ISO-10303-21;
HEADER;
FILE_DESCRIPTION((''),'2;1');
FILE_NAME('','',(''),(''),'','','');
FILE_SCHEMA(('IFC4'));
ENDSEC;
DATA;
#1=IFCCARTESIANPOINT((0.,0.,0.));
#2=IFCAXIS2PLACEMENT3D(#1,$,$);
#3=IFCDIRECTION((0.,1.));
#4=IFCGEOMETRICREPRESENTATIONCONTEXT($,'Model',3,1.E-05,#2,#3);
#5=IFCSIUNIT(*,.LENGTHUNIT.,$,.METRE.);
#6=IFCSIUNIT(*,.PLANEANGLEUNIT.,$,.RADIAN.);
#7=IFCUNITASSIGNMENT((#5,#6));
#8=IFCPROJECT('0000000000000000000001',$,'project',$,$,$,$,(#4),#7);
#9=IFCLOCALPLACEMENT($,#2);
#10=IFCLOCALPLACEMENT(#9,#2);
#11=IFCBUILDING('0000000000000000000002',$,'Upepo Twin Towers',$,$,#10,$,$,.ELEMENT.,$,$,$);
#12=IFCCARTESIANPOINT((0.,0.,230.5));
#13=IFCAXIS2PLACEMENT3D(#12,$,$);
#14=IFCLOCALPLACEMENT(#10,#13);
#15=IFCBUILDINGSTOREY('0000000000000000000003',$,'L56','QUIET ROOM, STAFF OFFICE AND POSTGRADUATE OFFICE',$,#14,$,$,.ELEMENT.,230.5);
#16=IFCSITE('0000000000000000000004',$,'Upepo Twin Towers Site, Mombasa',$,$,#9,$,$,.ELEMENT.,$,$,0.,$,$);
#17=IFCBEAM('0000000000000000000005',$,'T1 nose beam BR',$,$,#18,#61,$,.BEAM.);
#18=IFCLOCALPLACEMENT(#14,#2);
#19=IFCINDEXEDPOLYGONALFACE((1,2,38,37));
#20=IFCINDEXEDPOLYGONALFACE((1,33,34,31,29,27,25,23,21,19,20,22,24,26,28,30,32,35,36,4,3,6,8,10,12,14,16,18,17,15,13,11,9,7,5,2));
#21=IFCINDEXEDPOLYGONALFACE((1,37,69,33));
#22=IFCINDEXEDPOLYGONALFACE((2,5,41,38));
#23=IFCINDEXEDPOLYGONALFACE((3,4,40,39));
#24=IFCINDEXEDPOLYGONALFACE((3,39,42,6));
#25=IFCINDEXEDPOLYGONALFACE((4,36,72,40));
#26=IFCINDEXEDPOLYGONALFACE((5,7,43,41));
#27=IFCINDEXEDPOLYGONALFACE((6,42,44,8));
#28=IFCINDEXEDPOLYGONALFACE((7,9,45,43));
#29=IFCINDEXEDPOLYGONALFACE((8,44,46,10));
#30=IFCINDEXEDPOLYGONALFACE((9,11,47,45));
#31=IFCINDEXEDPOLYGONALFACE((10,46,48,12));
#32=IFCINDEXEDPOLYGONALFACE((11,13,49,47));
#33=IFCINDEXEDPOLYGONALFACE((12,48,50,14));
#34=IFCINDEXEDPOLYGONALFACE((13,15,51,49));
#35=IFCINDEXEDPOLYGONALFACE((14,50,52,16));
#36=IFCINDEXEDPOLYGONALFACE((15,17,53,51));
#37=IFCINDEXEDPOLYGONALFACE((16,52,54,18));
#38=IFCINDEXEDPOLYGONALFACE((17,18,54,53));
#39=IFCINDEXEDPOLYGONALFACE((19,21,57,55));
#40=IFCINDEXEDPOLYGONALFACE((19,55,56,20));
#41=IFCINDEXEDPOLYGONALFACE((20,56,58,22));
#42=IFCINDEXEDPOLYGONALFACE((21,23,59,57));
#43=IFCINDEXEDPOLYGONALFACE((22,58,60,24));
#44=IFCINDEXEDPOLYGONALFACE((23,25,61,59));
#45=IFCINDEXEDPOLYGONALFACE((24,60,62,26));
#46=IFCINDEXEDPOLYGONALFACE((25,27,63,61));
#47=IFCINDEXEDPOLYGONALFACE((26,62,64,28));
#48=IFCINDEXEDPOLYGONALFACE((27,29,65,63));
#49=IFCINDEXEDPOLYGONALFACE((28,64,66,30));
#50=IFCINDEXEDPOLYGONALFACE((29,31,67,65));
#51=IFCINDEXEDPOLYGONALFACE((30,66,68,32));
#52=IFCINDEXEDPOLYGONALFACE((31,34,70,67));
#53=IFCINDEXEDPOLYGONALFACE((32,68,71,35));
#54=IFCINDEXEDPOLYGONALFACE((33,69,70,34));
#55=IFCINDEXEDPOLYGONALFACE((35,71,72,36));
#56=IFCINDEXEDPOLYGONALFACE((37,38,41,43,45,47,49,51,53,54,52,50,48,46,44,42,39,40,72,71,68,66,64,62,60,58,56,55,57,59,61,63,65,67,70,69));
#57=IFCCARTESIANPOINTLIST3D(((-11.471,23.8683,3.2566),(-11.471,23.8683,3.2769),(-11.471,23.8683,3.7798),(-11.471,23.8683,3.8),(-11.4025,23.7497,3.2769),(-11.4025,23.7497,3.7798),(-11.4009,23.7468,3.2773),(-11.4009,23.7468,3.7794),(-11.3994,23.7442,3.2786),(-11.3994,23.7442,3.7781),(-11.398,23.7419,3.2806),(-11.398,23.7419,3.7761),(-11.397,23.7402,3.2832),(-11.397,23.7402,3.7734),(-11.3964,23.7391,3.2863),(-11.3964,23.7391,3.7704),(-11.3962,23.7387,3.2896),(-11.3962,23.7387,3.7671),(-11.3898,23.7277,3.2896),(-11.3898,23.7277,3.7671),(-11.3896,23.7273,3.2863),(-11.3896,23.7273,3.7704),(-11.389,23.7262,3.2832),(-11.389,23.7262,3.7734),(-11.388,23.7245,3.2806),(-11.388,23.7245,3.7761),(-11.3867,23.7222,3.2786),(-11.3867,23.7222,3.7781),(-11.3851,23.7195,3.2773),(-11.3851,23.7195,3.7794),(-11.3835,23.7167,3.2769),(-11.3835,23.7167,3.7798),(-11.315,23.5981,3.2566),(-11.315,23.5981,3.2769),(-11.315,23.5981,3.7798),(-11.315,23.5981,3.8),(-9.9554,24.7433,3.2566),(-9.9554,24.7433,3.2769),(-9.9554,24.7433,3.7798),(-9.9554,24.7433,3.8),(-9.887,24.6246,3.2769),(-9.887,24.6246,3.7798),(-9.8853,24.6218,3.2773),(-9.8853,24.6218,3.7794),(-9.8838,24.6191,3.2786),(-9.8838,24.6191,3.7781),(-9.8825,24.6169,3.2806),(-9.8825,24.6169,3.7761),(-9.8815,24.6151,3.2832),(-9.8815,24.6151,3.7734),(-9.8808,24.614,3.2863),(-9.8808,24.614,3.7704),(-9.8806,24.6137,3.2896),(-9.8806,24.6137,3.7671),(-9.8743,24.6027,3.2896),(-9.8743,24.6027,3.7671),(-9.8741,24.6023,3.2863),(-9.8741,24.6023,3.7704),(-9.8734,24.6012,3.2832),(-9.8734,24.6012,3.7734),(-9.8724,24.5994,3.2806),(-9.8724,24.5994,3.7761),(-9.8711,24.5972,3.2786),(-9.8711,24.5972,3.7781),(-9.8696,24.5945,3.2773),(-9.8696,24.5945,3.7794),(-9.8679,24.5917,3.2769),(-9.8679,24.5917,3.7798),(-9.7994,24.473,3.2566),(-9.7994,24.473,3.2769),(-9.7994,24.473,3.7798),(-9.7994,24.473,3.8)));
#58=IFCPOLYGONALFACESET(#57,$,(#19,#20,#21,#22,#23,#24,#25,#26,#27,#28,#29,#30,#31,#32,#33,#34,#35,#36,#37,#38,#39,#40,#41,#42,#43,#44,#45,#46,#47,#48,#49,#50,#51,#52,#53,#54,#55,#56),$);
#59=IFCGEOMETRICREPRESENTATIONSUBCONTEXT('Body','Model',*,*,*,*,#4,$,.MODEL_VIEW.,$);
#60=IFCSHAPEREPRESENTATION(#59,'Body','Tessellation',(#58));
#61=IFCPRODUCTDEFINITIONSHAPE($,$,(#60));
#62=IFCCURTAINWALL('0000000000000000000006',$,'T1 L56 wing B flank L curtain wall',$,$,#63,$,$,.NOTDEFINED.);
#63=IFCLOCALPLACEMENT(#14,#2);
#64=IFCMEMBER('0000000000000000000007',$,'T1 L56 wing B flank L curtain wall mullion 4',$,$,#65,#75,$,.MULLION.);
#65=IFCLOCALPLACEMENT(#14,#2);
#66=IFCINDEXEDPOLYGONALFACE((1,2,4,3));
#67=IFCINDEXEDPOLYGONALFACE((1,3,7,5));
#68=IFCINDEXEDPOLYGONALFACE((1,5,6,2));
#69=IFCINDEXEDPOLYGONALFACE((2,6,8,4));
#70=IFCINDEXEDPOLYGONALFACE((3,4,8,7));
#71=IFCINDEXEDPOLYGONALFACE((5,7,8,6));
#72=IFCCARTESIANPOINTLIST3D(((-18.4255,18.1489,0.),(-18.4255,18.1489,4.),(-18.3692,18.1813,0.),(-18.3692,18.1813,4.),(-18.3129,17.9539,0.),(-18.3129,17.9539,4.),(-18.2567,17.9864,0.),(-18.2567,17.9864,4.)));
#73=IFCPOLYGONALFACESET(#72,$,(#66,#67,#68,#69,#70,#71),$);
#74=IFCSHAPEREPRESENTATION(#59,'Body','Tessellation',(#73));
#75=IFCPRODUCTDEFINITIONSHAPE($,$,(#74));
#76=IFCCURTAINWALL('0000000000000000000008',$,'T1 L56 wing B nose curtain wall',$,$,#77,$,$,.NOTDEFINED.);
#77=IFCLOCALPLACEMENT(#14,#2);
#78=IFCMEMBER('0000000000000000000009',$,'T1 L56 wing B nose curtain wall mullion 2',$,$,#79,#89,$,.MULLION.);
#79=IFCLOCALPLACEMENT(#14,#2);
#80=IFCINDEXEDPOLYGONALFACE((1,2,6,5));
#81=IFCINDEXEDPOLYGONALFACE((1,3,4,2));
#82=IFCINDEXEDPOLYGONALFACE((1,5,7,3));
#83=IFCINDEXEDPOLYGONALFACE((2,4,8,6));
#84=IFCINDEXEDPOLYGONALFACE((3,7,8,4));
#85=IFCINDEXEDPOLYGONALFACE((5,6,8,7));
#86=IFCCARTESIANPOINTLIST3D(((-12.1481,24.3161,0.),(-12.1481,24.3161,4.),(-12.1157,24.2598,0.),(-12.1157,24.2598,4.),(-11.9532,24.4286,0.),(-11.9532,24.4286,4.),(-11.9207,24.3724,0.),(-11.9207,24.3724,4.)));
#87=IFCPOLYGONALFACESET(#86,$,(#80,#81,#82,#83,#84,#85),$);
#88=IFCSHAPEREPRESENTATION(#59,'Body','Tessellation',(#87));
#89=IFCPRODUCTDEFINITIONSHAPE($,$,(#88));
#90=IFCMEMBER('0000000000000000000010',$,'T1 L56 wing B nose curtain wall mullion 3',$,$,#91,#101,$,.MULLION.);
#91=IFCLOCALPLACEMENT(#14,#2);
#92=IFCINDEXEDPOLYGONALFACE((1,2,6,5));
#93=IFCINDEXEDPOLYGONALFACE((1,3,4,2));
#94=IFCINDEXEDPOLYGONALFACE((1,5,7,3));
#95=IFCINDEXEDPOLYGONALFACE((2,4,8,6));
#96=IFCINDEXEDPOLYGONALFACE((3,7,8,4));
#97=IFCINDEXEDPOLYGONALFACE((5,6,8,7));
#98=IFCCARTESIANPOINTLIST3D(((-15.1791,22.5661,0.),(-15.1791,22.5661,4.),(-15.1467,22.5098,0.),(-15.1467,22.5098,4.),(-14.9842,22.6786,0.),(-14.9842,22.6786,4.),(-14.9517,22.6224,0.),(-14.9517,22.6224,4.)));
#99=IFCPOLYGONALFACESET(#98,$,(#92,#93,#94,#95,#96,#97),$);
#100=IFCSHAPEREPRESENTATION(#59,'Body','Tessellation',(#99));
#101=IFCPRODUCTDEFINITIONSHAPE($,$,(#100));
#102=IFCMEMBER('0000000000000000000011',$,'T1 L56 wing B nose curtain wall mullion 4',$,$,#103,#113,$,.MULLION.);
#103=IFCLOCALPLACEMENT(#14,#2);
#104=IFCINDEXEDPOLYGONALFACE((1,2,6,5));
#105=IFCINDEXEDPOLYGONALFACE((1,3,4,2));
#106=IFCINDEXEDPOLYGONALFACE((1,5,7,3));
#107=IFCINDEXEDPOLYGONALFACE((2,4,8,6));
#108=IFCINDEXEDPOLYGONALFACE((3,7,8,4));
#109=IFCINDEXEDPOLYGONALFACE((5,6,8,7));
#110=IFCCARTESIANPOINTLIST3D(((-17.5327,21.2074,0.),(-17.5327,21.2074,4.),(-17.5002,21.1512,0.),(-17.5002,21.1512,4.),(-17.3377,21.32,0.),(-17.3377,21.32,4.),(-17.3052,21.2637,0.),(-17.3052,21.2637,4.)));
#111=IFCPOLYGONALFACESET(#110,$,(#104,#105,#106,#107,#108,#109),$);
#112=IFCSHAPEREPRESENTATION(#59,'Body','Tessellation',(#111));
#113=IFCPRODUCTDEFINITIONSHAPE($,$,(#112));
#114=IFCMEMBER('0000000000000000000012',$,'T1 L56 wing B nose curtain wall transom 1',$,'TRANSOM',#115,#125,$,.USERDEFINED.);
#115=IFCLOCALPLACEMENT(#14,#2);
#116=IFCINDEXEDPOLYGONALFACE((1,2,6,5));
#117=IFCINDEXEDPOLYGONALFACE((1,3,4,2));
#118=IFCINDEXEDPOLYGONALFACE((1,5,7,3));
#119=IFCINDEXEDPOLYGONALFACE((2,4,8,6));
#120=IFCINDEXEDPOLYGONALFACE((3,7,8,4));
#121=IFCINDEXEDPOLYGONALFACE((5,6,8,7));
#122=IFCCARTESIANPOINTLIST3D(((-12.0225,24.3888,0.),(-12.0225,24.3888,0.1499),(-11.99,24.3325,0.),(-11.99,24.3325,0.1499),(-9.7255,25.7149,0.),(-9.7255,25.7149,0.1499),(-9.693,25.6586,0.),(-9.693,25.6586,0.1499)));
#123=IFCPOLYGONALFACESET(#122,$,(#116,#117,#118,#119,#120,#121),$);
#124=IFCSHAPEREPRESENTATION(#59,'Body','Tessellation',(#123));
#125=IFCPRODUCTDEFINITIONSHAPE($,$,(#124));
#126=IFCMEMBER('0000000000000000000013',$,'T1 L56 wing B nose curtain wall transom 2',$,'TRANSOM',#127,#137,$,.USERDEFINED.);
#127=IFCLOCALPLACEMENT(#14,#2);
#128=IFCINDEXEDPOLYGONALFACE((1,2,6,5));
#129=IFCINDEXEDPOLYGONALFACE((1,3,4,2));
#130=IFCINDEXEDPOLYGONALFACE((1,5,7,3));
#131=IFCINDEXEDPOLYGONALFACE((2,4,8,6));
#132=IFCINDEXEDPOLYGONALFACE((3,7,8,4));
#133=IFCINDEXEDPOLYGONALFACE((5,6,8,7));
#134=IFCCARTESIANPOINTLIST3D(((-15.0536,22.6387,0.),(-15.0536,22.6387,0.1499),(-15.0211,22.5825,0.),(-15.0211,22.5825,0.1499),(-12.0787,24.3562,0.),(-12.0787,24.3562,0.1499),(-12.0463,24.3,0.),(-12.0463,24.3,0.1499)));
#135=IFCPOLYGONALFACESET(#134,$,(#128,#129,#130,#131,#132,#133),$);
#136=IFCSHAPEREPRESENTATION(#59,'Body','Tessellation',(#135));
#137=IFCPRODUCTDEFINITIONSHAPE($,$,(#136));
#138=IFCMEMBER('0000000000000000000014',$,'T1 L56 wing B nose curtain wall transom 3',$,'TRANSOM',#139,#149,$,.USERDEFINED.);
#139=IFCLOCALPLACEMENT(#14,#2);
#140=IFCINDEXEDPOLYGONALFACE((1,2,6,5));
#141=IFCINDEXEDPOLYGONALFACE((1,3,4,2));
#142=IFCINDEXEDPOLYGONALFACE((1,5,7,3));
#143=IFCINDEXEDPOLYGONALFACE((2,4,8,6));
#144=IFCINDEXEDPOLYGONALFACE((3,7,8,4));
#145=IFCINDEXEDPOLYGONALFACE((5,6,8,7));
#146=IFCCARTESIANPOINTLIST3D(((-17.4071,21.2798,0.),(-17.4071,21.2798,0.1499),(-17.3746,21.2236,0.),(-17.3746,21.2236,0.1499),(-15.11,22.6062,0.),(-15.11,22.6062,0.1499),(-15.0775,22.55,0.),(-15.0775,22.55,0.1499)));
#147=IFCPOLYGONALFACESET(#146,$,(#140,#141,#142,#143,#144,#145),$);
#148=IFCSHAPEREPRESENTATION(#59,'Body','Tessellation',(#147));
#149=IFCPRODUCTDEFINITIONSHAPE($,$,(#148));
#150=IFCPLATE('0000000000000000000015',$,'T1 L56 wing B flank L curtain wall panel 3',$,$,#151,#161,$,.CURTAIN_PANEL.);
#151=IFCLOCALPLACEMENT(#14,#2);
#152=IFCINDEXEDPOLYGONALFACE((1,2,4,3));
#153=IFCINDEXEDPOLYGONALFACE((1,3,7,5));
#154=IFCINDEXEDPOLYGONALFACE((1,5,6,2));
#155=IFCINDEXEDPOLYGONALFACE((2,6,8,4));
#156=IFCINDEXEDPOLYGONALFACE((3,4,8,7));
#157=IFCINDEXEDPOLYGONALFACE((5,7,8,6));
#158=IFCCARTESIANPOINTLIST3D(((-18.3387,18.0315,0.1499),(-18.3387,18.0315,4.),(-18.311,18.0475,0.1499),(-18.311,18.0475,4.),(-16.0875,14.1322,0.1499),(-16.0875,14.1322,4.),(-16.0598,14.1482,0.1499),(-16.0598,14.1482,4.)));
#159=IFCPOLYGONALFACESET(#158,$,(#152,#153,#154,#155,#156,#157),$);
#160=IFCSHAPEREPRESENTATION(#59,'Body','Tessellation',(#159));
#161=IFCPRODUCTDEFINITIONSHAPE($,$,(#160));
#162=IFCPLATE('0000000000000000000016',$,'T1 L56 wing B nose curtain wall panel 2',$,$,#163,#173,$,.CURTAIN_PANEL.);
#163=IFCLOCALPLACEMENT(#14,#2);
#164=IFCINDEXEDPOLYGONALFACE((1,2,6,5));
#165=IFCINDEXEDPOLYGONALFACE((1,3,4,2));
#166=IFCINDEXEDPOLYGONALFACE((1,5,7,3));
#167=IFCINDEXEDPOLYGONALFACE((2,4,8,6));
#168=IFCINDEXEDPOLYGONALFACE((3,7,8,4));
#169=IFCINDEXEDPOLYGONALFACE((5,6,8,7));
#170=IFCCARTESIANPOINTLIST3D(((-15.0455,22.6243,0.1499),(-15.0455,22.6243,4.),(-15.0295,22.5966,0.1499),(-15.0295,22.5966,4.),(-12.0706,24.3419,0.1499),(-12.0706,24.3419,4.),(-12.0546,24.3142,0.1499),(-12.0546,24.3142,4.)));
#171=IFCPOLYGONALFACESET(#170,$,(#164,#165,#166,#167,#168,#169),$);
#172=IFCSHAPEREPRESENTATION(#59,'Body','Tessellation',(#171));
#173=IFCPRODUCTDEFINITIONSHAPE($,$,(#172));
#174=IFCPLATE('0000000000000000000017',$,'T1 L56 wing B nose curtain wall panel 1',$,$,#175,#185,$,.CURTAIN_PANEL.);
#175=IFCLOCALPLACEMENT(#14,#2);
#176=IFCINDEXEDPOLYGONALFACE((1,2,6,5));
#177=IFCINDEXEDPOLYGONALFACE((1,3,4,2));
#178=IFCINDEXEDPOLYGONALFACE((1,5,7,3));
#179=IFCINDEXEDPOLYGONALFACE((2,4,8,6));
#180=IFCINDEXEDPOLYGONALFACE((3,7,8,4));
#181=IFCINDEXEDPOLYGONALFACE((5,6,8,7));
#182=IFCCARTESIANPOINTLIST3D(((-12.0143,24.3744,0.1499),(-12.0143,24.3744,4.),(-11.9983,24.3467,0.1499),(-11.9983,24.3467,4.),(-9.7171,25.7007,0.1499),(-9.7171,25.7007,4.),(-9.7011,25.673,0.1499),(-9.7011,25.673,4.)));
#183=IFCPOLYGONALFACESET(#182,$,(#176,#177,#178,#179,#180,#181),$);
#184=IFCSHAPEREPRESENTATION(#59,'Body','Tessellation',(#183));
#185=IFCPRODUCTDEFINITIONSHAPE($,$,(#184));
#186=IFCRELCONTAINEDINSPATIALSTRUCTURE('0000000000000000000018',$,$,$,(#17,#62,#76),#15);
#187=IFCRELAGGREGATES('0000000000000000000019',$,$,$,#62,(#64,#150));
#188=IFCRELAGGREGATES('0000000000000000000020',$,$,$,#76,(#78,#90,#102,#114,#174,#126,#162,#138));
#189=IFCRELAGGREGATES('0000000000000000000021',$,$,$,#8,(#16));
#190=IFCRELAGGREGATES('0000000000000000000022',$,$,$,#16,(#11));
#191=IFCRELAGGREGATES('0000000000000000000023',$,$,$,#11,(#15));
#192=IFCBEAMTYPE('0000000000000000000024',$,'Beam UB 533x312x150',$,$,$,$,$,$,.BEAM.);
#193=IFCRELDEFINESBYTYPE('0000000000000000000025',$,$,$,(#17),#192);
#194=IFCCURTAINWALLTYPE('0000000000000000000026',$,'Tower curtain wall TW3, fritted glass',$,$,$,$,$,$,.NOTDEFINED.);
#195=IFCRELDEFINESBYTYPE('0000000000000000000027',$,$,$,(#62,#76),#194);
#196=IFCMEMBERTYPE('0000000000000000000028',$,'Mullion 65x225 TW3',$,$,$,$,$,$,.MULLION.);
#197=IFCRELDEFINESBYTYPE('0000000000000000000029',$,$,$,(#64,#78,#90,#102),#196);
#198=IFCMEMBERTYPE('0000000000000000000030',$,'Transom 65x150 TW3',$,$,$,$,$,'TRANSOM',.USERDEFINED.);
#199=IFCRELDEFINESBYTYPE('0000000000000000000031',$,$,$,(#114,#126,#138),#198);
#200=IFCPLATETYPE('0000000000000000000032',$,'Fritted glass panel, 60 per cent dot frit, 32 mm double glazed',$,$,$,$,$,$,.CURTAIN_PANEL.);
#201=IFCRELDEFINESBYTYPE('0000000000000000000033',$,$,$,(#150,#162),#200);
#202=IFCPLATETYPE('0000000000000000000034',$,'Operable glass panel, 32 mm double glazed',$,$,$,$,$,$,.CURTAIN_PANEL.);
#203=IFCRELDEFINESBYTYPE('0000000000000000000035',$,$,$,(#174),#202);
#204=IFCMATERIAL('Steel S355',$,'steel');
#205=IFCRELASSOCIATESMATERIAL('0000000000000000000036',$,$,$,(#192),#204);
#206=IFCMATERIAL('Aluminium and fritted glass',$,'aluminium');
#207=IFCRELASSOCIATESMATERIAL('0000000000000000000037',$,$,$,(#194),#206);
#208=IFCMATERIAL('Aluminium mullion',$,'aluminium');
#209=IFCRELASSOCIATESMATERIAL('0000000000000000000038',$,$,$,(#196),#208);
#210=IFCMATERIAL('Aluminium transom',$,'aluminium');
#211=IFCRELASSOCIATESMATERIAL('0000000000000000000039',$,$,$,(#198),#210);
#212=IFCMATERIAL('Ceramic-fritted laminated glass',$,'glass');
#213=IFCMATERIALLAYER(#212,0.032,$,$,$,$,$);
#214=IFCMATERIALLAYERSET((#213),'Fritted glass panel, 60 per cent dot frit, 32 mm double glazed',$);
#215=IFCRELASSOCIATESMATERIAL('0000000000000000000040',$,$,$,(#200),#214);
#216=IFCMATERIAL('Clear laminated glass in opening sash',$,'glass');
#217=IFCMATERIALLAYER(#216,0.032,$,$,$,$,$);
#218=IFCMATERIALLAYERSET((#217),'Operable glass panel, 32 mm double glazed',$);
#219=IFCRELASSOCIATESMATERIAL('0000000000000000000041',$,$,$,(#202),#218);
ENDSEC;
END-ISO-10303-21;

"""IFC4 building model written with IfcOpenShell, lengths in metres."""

from ifc_helpers import new_model, si_unit, direction, frame, origin, origin_2d, place, context, subcontext, project, spatial, rectangle, i_section, extrude, material, layer, layer_set, material_profile, profile_set, type_object, element, aggregate, save


model = new_model("IFC4")

# Units and contexts
model_context = context("Model", 3, precision=1e-05, world=origin(), true_north=direction((0.0, 1.0)))
body_context = subcontext(model_context, "Body", "Model", "MODEL_VIEW")
ifc_project = project(units=[si_unit("LENGTHUNIT", "METRE"), si_unit("PLANEANGLEUNIT", "RADIAN")], contexts=[model_context])

# Site, building, storey
site_placement = place(None, origin())
site = spatial("IfcSite", under=ifc_project, at=site_placement, Name="Upepo Twin Towers Site, Mombasa", CompositionType="ELEMENT", RefElevation=0.0)
building_placement = place(site_placement, origin())
building = spatial("IfcBuilding", under=site, at=building_placement, Name="Upepo Twin Towers", CompositionType="ELEMENT")
storey_placement = place(building_placement, frame((0.0, 0.0, 230.5)))
storey = spatial("IfcBuildingStorey", under=building, at=storey_placement, Name="L56", Description="QUIET ROOM, STAFF OFFICE AND POSTGRADUATE OFFICE", CompositionType="ELEMENT", Elevation=230.5)

# Beam
ifc_material_1 = material(Name="Steel S355", Category="steel")
ifc_material_profile_1 = material_profile(ifc_material_1, i_section(OverallWidth=0.312, OverallDepth=0.5435, WebThickness=0.0127, FlangeThickness=0.0203, FilletRadius=0.0127, at=origin_2d()), Name="UB 533x312x150")
ifc_profile_set_1 = profile_set([ifc_material_profile_1], Name="Steel S355")
beam_type_1 = type_object("IfcBeamType", Name="Beam UB 533x312x150", PredefinedType="BEAM", material=ifc_profile_set_1)
for number, where, z_axis, x_axis, name in (
    (1, (-9.8774, 24.6082, 3.5283), (-0.866037, -0.49998, 0.0), (0.49998, -0.866037, 0.0), "T1 nose beam BR"),
):
    element("IfcBeam", number, at=place(storey_placement, frame(where, z_axis=z_axis, x_axis=x_axis)), inside=storey, type_object=beam_type_1, Name=name, PredefinedType="BEAM", context=body_context, shape_type="SweptSolid", body=[
        extrude(i_section(OverallWidth=0.312, OverallDepth=0.5435, WebThickness=0.0127, FlangeThickness=0.0203, FilletRadius=0.0127, at=origin_2d()), origin(), (0.0, 0.0, 1.0), 1.75),
    ])

# Curtain wall, member
ifc_material_2 = material(Name="Aluminium and fritted glass", Category="aluminium")
curtain_wall_type = type_object("IfcCurtainWallType", Name="Tower curtain wall TW3, fritted glass", PredefinedType="NOTDEFINED", material=ifc_material_2)
curtain_wall_1_placement = place(storey_placement, origin())
curtain_wall_1 = element("IfcCurtainWall", 2, at=curtain_wall_1_placement, inside=storey, type_object=curtain_wall_type, Name="T1 L56 wing B flank L curtain wall", PredefinedType="NOTDEFINED")
ifc_material_3 = material(Name="Aluminium mullion", Category="aluminium")
ifc_material_profile_2 = material_profile(ifc_material_3, rectangle(XDim=0.0649, YDim=0.2251, at=origin_2d()), Name="MULLION 65x225")
ifc_profile_set_2 = profile_set([ifc_material_profile_2], Name="Aluminium mullion")
member_type_1 = type_object("IfcMemberType", Name="Mullion 65x225 TW3", PredefinedType="MULLION", material=ifc_profile_set_2)
member_1_placement = place(storey_placement, frame((-18.3411, 18.0676, 0.0), z_axis=(0.0, 0.0, 1.0), x_axis=(-0.866025, -0.5, 0.0)))
member_1 = element("IfcMember", 3, at=member_1_placement, type_object=member_type_1, Name="T1 L56 wing B flank L curtain wall mullion 4", PredefinedType="MULLION", context=body_context, shape_type="SweptSolid", body=[
    extrude(rectangle(XDim=0.0649, YDim=0.2251, at=origin_2d()), origin(), (0.0, 0.0, 1.0), 4.0),
])

# Curtain wall, members
curtain_wall_2_placement = place(storey_placement, origin())
curtain_wall_2 = element("IfcCurtainWall", 4, at=curtain_wall_2_placement, inside=storey, type_object=curtain_wall_type, Name="T1 L56 wing B nose curtain wall", PredefinedType="NOTDEFINED")
member_2_placement = place(storey_placement, frame((-12.0344, 24.3442, 0.0), z_axis=(0.0, 0.0, 1.0), x_axis=(0.5, -0.866025, 0.0)))
member_2 = element("IfcMember", 5, at=member_2_placement, type_object=member_type_1, Name="T1 L56 wing B nose curtain wall mullion 2", PredefinedType="MULLION", context=body_context, shape_type="SweptSolid", body=[
    extrude(rectangle(XDim=0.0649, YDim=0.2251, at=origin_2d()), origin(), (0.0, 0.0, 1.0), 4.0),
])
member_3_placement = place(storey_placement, frame((-15.0654, 22.5942, 0.0), z_axis=(0.0, 0.0, 1.0), x_axis=(0.5, -0.866025, 0.0)))
member_3 = element("IfcMember", 6, at=member_3_placement, type_object=member_type_1, Name="T1 L56 wing B nose curtain wall mullion 3", PredefinedType="MULLION", context=body_context, shape_type="SweptSolid", body=[
    extrude(rectangle(XDim=0.0649, YDim=0.2251, at=origin_2d()), origin(), (0.0, 0.0, 1.0), 4.0),
])
member_4_placement = place(storey_placement, frame((-17.4189, 21.2356, 0.0), z_axis=(0.0, 0.0, 1.0), x_axis=(0.5, -0.866025, 0.0)))
member_4 = element("IfcMember", 7, at=member_4_placement, type_object=member_type_1, Name="T1 L56 wing B nose curtain wall mullion 4", PredefinedType="MULLION", context=body_context, shape_type="SweptSolid", body=[
    extrude(rectangle(XDim=0.0649, YDim=0.2251, at=origin_2d()), origin(), (0.0, 0.0, 1.0), 4.0),
])
ifc_material_4 = material(Name="Aluminium transom", Category="aluminium")
ifc_material_profile_3 = material_profile(ifc_material_4, rectangle(XDim=0.0649, YDim=0.1499, at=origin_2d()), Name="TRANSOM 65x150")
ifc_profile_set_3 = profile_set([ifc_material_profile_3], Name="Aluminium transom")
member_type_2 = type_object("IfcMemberType", Name="Transom 65x150 TW3", ElementType="TRANSOM", PredefinedType="USERDEFINED", material=ifc_profile_set_3)
member_5_placement = place(storey_placement, frame((-9.7092, 25.6868, 0.075), z_axis=(-0.866037, -0.49998, 0.0), x_axis=(0.49998, -0.866037, 0.0)))
member_5 = element("IfcMember", 8, at=member_5_placement, type_object=member_type_2, Name="T1 L56 wing B nose curtain wall transom 1", ObjectType="TRANSOM", PredefinedType="USERDEFINED", context=body_context, shape_type="SweptSolid", body=[
    extrude(rectangle(XDim=0.0649, YDim=0.1499, at=origin_2d()), origin(), (0.0, 0.0, 1.0), 2.6523),
])
member_6_placement = place(storey_placement, frame((-12.0625, 24.3281, 0.075), z_axis=(-0.866026, -0.499999, 0.0), x_axis=(0.499999, -0.866026, 0.0)))
member_6 = element("IfcMember", 9, at=member_6_placement, type_object=member_type_2, Name="T1 L56 wing B nose curtain wall transom 2", ObjectType="TRANSOM", PredefinedType="USERDEFINED", context=body_context, shape_type="SweptSolid", body=[
    extrude(rectangle(XDim=0.0649, YDim=0.1499, at=origin_2d()), origin(), (0.0, 0.0, 1.0), 3.4351),
])
member_7_placement = place(storey_placement, frame((-15.0938, 22.5781, 0.075), z_axis=(-0.865997, -0.500049, 0.0), x_axis=(0.500049, -0.865997, 0.0)))
member_7 = element("IfcMember", 10, at=member_7_placement, type_object=member_type_2, Name="T1 L56 wing B nose curtain wall transom 3", ObjectType="TRANSOM", PredefinedType="USERDEFINED", context=body_context, shape_type="SweptSolid", body=[
    extrude(rectangle(XDim=0.0649, YDim=0.1499, at=origin_2d()), origin(), (0.0, 0.0, 1.0), 2.6526),
])

# Plates
ifc_material_5 = material(Name="Ceramic-fritted laminated glass", Category="glass")
ifc_layer_1 = layer(ifc_material_5, 0.032)
ifc_layer_set_1 = layer_set([ifc_layer_1], Name="Fritted glass panel, 60 per cent dot frit, 32 mm double glazed")
plate_type_1 = type_object("IfcPlateType", Name="Fritted glass panel, 60 per cent dot frit, 32 mm double glazed", PredefinedType="CURTAIN_PANEL", material=ifc_layer_set_1)
plate_1_placement = place(storey_placement, frame((-17.1992, 16.0898, 0.1499), z_axis=(0.0, 0.0, 1.0), x_axis=(-0.5, 0.866025, 0.0)))
plate_1 = element("IfcPlate", 11, at=plate_1_placement, type_object=plate_type_1, Name="T1 L56 wing B flank L curtain wall panel 3", PredefinedType="CURTAIN_PANEL", context=body_context, shape_type="SweptSolid", body=[
    extrude(rectangle(XDim=4.5024, YDim=0.032, at=origin_2d()), origin(), (0.0, 0.0, 1.0), 3.8501),
])
aggregate(curtain_wall_1, [member_1, plate_1])
plate_2_placement = place(storey_placement, frame((-13.55, 23.4692, 0.1499), z_axis=(0.0, 0.0, 1.0), x_axis=(-0.866025, -0.5, 0.0)))
plate_2 = element("IfcPlate", 12, at=plate_2_placement, type_object=plate_type_1, Name="T1 L56 wing B nose curtain wall panel 2", PredefinedType="CURTAIN_PANEL", context=body_context, shape_type="SweptSolid", body=[
    extrude(rectangle(XDim=3.4351, YDim=0.032, at=origin_2d()), origin(), (0.0, 0.0, 1.0), 3.8501),
])
ifc_material_6 = material(Name="Clear laminated glass in opening sash", Category="glass")
ifc_layer_2 = layer(ifc_material_6, 0.032)
ifc_layer_set_2 = layer_set([ifc_layer_2], Name="Operable glass panel, 32 mm double glazed")
plate_type_2 = type_object("IfcPlateType", Name="Operable glass panel, 32 mm double glazed", PredefinedType="CURTAIN_PANEL", material=ifc_layer_set_2)
plate_3_placement = place(storey_placement, frame((-10.8577, 25.0237, 0.1499), z_axis=(0.0, 0.0, 1.0), x_axis=(-0.866025, -0.5, 0.0)))
plate_3 = element("IfcPlate", 13, at=plate_3_placement, type_object=plate_type_2, Name="T1 L56 wing B nose curtain wall panel 1", PredefinedType="CURTAIN_PANEL", context=body_context, shape_type="SweptSolid", body=[
    extrude(rectangle(XDim=2.6526, YDim=0.032, at=origin_2d()), origin(), (0.0, 0.0, 1.0), 3.8501),
])
aggregate(curtain_wall_2, [member_2, member_3, member_4, member_5, plate_3, member_6, plate_2, member_7])

save(model, "model.ifc")
